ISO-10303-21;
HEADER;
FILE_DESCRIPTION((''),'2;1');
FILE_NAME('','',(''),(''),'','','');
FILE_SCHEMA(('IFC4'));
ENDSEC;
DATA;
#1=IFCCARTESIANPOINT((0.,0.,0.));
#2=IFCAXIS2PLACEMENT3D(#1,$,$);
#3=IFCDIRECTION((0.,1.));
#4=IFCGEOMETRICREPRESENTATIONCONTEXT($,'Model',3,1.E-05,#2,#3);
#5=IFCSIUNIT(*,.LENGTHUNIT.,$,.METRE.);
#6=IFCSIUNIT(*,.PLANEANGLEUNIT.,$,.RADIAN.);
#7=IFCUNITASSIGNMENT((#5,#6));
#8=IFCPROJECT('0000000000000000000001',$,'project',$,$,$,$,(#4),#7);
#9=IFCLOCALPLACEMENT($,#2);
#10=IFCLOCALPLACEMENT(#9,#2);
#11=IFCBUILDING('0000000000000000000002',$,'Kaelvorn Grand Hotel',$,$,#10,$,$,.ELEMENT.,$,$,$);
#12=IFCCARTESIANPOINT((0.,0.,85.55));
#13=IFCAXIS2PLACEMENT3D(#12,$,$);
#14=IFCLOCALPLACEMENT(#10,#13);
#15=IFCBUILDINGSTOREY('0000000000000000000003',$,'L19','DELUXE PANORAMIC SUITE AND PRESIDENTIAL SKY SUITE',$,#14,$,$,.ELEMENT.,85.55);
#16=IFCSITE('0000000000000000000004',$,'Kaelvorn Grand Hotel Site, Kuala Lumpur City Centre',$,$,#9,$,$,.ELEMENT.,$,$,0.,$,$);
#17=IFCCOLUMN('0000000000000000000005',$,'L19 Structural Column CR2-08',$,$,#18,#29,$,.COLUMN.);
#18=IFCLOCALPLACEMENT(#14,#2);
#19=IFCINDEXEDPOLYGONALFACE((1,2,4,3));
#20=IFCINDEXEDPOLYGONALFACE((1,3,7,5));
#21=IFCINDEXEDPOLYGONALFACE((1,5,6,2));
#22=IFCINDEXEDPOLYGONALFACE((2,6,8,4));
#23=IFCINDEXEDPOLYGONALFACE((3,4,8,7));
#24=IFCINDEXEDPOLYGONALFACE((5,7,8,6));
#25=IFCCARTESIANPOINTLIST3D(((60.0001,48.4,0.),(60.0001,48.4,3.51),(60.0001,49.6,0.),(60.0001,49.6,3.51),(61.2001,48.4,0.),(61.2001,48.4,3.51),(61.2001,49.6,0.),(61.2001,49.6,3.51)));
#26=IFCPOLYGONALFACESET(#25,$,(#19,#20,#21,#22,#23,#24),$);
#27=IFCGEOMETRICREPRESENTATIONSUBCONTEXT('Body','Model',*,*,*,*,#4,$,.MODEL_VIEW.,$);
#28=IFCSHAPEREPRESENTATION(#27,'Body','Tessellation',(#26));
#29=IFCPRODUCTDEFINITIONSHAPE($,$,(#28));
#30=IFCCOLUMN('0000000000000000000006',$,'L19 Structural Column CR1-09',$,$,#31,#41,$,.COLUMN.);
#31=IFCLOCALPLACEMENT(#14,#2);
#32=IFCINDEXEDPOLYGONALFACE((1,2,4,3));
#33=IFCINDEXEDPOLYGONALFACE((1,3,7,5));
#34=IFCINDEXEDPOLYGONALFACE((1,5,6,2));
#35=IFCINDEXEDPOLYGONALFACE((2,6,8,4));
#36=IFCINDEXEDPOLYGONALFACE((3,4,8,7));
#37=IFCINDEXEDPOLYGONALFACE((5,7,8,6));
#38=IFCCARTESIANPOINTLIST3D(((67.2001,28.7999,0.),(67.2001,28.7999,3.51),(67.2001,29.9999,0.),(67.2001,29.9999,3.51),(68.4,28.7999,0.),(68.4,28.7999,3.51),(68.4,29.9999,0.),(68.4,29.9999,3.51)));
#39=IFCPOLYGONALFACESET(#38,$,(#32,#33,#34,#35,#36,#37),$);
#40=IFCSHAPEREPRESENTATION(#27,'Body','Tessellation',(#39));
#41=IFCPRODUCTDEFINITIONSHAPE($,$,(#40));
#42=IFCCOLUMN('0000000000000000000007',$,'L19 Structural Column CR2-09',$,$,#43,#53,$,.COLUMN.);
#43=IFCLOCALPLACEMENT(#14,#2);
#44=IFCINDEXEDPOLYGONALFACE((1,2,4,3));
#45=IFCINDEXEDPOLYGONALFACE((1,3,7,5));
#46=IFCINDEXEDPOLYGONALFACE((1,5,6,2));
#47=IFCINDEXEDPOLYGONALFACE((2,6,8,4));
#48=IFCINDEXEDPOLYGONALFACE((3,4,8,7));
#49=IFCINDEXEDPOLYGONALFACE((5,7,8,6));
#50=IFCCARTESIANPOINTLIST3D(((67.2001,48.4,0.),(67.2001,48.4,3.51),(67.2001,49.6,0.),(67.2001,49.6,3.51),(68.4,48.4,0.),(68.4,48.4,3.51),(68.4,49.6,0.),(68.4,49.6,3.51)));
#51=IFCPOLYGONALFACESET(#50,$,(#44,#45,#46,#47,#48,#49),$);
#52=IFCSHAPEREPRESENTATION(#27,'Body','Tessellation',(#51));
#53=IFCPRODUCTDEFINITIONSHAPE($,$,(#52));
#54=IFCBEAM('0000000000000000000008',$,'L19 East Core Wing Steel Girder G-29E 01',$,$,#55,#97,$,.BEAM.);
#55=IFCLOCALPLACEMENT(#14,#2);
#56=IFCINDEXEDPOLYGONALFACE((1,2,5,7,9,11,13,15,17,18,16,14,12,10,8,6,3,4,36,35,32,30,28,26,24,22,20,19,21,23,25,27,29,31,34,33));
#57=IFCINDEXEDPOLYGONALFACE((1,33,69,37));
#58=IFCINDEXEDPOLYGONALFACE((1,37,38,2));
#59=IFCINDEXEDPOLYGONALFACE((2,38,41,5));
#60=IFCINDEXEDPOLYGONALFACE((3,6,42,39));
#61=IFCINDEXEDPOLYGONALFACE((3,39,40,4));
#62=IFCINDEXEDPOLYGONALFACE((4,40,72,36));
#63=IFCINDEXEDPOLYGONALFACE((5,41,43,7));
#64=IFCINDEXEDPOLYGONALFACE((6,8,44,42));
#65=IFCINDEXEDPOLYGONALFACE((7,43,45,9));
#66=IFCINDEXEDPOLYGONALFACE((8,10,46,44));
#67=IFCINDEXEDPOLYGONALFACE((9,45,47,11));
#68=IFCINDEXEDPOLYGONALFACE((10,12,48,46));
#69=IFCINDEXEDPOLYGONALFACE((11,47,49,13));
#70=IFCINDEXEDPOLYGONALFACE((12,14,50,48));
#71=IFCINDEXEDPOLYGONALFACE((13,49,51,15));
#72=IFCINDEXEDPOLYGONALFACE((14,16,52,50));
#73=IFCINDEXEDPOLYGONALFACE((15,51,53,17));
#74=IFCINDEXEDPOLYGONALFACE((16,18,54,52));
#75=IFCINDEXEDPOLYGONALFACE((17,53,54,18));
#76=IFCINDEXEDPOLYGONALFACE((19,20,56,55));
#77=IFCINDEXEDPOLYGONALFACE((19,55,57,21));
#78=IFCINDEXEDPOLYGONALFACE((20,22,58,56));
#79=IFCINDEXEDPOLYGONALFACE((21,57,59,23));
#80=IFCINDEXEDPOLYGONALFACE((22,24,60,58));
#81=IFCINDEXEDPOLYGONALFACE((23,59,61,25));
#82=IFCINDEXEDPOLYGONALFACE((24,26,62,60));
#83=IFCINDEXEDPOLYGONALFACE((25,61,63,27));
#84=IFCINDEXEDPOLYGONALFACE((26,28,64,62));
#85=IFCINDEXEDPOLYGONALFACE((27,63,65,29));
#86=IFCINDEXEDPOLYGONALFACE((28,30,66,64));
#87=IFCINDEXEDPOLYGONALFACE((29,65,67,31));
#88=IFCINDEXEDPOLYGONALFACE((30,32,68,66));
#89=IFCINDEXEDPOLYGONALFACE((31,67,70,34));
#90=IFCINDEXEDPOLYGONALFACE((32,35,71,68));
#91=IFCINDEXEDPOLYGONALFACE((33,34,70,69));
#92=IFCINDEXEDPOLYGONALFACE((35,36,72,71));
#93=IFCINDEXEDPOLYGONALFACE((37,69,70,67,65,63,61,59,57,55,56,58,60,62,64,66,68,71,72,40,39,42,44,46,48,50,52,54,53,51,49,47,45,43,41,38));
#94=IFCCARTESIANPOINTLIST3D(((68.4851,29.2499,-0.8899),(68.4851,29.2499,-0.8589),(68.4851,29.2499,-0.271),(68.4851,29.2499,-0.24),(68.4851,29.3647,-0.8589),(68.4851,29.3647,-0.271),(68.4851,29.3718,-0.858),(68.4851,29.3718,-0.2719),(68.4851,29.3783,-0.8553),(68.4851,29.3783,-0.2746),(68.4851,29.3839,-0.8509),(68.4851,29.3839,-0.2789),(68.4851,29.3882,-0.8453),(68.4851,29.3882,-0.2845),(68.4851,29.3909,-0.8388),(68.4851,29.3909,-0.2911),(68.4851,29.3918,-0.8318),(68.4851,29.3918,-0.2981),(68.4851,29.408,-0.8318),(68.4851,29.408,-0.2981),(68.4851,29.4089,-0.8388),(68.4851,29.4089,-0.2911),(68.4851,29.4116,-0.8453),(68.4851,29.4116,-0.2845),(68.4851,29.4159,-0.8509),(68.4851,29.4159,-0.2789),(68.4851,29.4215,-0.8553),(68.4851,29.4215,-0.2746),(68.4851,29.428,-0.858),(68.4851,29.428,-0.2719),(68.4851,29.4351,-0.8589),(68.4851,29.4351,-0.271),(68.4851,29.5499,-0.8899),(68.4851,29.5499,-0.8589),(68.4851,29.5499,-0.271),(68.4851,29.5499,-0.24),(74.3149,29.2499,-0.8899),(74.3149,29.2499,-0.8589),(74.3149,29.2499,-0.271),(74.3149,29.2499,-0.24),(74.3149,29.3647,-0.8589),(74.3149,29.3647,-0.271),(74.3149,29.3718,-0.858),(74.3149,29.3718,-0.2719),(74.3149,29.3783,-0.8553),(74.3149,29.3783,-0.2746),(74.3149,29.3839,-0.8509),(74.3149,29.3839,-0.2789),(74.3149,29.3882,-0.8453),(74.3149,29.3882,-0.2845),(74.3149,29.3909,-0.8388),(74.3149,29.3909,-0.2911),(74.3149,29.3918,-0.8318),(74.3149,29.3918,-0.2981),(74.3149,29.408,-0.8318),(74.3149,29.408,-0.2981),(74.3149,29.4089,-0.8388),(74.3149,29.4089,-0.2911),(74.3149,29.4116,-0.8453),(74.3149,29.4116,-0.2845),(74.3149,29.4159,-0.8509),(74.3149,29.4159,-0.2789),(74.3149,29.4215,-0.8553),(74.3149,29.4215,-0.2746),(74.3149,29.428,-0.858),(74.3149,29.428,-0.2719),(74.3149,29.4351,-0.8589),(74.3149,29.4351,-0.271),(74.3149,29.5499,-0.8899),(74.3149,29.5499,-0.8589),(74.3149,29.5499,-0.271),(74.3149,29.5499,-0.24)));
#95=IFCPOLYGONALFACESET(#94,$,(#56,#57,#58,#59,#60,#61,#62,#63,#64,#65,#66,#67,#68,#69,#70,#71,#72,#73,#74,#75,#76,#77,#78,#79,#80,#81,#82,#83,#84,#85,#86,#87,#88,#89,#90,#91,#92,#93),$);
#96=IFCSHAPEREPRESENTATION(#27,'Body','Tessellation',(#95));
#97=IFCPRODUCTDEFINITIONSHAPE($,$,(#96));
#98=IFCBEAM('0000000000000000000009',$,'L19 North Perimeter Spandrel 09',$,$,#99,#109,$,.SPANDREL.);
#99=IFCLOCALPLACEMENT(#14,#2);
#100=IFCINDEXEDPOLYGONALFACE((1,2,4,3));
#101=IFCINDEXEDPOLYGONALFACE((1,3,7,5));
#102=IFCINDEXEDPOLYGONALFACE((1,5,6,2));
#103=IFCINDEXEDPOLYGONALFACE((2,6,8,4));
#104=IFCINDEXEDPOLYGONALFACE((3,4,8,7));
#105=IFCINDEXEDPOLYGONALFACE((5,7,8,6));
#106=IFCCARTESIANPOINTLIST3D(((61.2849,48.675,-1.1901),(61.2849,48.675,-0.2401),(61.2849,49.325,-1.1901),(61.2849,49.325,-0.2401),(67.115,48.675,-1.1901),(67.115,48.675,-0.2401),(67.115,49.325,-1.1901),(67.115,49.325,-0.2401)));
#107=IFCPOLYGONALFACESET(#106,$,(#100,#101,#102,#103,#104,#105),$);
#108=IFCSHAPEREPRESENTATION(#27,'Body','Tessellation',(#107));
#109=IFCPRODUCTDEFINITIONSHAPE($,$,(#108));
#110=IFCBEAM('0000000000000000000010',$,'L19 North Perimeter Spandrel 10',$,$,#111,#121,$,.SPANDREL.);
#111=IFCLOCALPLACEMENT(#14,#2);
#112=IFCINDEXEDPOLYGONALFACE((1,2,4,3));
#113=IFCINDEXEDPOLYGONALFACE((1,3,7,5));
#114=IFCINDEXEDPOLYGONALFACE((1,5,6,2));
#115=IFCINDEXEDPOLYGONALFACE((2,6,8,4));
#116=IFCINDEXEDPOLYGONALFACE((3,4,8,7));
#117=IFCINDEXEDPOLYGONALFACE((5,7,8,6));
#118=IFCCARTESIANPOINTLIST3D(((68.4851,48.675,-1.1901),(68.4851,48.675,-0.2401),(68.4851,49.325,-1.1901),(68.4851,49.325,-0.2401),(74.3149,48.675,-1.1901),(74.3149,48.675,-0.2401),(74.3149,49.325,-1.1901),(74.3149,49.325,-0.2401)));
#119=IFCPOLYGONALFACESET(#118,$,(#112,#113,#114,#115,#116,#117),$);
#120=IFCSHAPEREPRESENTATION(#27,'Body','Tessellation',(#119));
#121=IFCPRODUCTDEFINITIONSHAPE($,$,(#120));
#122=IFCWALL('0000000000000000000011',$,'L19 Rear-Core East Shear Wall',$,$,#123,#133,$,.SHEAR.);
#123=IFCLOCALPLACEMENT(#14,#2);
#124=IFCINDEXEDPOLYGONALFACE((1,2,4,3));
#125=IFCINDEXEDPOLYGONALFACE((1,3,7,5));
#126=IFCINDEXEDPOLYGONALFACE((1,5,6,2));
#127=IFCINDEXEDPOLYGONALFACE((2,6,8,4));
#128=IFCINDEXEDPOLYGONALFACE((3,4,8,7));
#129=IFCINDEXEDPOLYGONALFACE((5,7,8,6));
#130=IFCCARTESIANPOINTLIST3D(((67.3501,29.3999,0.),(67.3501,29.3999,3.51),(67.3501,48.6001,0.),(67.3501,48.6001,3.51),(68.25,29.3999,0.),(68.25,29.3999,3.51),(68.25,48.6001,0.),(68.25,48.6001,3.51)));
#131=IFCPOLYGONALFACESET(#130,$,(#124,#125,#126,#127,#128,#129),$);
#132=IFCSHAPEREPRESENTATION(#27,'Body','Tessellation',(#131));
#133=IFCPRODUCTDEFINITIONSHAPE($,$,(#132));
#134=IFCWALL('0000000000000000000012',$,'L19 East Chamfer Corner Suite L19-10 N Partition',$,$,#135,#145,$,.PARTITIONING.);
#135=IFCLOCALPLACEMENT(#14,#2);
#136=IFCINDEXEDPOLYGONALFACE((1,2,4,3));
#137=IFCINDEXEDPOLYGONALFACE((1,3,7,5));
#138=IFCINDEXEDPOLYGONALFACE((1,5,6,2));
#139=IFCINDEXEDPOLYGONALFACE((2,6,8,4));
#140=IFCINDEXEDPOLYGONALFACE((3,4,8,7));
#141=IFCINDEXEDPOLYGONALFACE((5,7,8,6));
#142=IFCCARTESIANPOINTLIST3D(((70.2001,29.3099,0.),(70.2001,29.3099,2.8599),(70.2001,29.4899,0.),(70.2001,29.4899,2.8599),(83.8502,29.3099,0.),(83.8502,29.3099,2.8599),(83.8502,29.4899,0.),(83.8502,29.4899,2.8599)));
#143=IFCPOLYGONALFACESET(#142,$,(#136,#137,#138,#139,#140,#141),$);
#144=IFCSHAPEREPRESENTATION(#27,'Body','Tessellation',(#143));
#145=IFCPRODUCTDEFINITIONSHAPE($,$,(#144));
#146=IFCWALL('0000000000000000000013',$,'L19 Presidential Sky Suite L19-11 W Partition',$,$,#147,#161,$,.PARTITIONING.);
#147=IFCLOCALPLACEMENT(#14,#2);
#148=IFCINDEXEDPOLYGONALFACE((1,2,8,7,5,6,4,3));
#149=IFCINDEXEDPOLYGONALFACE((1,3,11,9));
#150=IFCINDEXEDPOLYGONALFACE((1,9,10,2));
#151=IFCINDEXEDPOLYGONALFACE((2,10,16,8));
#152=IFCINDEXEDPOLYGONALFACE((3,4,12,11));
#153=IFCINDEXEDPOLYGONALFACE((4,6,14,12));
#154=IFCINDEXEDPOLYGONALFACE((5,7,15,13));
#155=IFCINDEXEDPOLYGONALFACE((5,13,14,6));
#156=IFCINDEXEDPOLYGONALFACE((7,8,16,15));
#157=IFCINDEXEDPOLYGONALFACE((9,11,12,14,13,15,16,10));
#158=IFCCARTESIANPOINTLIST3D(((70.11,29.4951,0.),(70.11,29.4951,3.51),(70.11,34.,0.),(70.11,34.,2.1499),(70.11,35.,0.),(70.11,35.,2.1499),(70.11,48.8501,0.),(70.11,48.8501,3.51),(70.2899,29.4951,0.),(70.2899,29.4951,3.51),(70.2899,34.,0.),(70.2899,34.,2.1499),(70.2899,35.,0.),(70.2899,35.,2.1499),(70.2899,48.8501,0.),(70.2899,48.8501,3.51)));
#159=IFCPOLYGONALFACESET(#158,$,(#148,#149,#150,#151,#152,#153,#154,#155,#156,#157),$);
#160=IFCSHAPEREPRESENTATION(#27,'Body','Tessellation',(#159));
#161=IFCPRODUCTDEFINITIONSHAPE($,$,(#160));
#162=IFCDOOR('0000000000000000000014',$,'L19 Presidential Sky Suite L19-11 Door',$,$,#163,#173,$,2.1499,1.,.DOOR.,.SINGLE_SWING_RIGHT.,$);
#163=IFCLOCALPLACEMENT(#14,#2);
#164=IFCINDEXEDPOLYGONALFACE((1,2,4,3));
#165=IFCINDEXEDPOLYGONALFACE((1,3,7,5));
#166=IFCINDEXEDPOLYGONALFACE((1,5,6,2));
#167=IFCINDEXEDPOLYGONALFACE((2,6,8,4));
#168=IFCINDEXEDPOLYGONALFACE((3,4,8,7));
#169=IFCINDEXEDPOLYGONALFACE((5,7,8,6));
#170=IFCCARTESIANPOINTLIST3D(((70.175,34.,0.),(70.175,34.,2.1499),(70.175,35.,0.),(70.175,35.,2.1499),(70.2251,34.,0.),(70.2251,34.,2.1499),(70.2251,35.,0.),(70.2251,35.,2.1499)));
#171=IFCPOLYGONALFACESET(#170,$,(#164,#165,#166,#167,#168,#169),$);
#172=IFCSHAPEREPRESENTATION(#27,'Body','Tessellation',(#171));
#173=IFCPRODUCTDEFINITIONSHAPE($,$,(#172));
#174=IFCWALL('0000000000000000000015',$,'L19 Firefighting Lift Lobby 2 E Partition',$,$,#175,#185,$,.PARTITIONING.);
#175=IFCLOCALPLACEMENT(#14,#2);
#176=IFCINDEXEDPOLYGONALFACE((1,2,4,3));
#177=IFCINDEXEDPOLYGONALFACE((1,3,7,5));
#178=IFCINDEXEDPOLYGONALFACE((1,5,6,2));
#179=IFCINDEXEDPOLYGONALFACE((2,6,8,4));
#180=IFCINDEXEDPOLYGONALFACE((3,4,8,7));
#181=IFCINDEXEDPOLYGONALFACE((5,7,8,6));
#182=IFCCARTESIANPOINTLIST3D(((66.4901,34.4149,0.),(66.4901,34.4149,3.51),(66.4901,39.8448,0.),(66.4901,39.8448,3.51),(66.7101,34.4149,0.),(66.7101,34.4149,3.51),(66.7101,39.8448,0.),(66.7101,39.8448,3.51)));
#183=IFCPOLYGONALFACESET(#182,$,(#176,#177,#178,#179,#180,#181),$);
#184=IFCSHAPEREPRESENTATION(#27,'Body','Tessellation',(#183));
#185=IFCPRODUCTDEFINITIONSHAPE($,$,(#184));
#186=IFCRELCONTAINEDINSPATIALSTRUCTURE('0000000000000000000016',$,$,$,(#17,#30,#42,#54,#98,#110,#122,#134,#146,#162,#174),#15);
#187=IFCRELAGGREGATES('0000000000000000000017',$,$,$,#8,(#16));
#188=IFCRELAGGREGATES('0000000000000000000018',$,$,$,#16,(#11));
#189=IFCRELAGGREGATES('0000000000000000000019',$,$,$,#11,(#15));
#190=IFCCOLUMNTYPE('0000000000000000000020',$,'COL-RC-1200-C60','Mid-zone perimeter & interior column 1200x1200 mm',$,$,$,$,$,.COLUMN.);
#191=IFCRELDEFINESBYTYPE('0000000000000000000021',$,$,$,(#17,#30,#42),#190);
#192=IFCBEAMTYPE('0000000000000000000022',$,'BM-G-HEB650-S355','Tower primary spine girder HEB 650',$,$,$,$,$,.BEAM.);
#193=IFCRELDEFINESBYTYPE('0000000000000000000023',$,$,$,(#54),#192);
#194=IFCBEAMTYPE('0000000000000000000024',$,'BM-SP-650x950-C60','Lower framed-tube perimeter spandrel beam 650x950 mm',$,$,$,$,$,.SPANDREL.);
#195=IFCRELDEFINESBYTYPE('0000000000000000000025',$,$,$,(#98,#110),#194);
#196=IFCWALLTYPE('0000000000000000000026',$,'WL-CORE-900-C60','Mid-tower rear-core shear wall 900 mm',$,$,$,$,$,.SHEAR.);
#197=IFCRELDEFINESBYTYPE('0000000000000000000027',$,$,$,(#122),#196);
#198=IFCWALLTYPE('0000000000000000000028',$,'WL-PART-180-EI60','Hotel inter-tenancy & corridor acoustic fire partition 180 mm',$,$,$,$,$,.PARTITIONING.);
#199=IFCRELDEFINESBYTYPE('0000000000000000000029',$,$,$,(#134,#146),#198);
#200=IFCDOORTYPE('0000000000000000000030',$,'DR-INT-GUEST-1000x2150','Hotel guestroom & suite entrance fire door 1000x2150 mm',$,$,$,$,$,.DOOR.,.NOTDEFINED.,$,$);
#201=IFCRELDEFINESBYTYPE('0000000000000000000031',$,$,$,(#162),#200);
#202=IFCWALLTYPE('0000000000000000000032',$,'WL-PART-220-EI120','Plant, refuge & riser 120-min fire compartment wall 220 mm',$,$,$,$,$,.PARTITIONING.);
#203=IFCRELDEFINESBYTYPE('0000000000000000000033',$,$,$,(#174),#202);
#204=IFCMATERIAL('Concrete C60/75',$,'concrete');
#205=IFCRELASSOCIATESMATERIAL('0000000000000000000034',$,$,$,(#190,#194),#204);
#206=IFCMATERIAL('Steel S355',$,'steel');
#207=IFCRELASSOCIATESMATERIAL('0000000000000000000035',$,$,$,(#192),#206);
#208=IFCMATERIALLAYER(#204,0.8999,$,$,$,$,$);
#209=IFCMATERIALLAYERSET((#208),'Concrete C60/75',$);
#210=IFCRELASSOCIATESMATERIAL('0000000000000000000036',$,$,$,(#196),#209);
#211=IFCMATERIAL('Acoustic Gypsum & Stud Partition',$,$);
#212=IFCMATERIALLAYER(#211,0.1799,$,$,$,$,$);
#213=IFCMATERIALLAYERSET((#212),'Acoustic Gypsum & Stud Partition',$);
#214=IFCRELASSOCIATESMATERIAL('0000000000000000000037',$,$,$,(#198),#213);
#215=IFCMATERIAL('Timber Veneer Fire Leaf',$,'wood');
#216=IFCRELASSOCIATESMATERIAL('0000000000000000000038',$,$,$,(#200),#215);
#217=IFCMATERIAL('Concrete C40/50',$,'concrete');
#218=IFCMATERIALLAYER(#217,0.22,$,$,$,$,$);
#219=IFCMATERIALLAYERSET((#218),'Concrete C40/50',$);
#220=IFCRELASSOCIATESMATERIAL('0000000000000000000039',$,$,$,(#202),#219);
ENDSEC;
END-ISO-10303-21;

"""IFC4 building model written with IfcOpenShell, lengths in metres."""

from ifc_helpers import new_model, si_unit, direction, frame, frame_2d, origin, origin_2d, place, context, subcontext, project, spatial, rectangle, i_section, extrude, material, layer, layer_set, material_profile, profile_set, type_object, element, fill, save


model = new_model("IFC4")

# Units and contexts
model_context = context("Model", 3, precision=1e-05, world=origin(), true_north=direction((0.0, 1.0)))
body_context = subcontext(model_context, "Body", "Model", "MODEL_VIEW")
ifc_project = project(units=[si_unit("LENGTHUNIT", "METRE"), si_unit("PLANEANGLEUNIT", "RADIAN")], contexts=[model_context])

# Site, building, storey
site_placement = place(None, origin())
site = spatial("IfcSite", under=ifc_project, at=site_placement, Name="Kaelvorn Grand Hotel Site, Kuala Lumpur City Centre", CompositionType="ELEMENT", RefElevation=0.0)
building_placement = place(site_placement, origin())
building = spatial("IfcBuilding", under=site, at=building_placement, Name="Kaelvorn Grand Hotel", CompositionType="ELEMENT")
storey_placement = place(building_placement, frame((0.0, 0.0, 85.55)))
storey = spatial("IfcBuildingStorey", under=building, at=storey_placement, Name="L19", Description="DELUXE PANORAMIC SUITE AND PRESIDENTIAL SKY SUITE", CompositionType="ELEMENT", Elevation=85.55)

# Columns
ifc_material_1 = material(Name="Concrete C60/75", Category="concrete")
ifc_material_profile_1 = material_profile(ifc_material_1, rectangle(XDim=1.2, YDim=1.2, at=origin_2d()), Name="RC COL 1200x1200")
ifc_profile_set_1 = profile_set([ifc_material_profile_1], Name="Concrete C60/75")
column_type = type_object("IfcColumnType", Name="COL-RC-1200-C60", Description="Mid-zone perimeter & interior column 1200x1200 mm", PredefinedType="COLUMN", material=ifc_profile_set_1)
for number, where, z_axis, x_axis, name in (
    (1, (60.6001, 49.0, 0.0), (0.0, 0.0, 1.0), (1.0, 0.0, 0.0), "L19 Structural Column CR2-08"),
    (2, (67.8, 29.3999, 0.0), (0.0, 0.0, 1.0), (1.0, 0.0, 0.0), "L19 Structural Column CR1-09"),
    (3, (67.8, 49.0, 0.0), (0.0, 0.0, 1.0), (1.0, 0.0, 0.0), "L19 Structural Column CR2-09"),
):
    element("IfcColumn", number, at=place(storey_placement, frame(where, z_axis=z_axis, x_axis=x_axis)), inside=storey, type_object=column_type, Name=name, PredefinedType="COLUMN", context=body_context, shape_type="SweptSolid", body=[
        extrude(rectangle(XDim=1.2, YDim=1.2, at=origin_2d()), origin(), (0.0, 0.0, 1.0), 3.51),
    ])

# Beams
ifc_material_2 = material(Name="Steel S355", Category="steel")
ifc_material_profile_2 = material_profile(ifc_material_2, i_section(OverallWidth=0.3, OverallDepth=0.6499, WebThickness=0.0161, FlangeThickness=0.031, FilletRadius=0.0271, at=origin_2d()), Name="HEB 650")
ifc_profile_set_2 = profile_set([ifc_material_profile_2], Name="Steel S355")
beam_type_1 = type_object("IfcBeamType", Name="BM-G-HEB650-S355", Description="Tower primary spine girder HEB 650", PredefinedType="BEAM", material=ifc_profile_set_2)
beam_1_placement = place(storey_placement, frame((68.4851, 29.3999, -0.5649), z_axis=(1.0, 0.0, 0.0), x_axis=(0.0, 1.0, 0.0)))
element("IfcBeam", 4, at=beam_1_placement, inside=storey, type_object=beam_type_1, Name="L19 East Core Wing Steel Girder G-29E 01", PredefinedType="BEAM", context=body_context, shape_type="SweptSolid", body=[
    extrude(i_section(OverallWidth=0.3, OverallDepth=0.6499, WebThickness=0.0161, FlangeThickness=0.031, FilletRadius=0.0271, at=origin_2d()), origin(), (0.0, 0.0, 1.0), 5.8298),
])
ifc_material_profile_3 = material_profile(ifc_material_1, rectangle(XDim=0.6499, YDim=0.95, at=origin_2d()), Name="RC SPANDREL 650x950")
ifc_profile_set_3 = profile_set([ifc_material_profile_3], Name="Concrete C60/75")
beam_type_2 = type_object("IfcBeamType", Name="BM-SP-650x950-C60", Description="Lower framed-tube perimeter spandrel beam 650x950 mm", PredefinedType="SPANDREL", material=ifc_profile_set_3)
beam_2_placement = place(storey_placement, frame((61.2849, 49.0, -0.7151), z_axis=(1.0, 0.0, 0.0), x_axis=(0.0, 1.0, 0.0)))
element("IfcBeam", 5, at=beam_2_placement, inside=storey, type_object=beam_type_2, Name="L19 North Perimeter Spandrel 09", PredefinedType="SPANDREL", context=body_context, shape_type="SweptSolid", body=[
    extrude(rectangle(XDim=0.6499, YDim=0.95, at=origin_2d()), origin(), (0.0, 0.0, 1.0), 5.8301),
])
beam_3_placement = place(storey_placement, frame((68.4851, 49.0, -0.7151), z_axis=(1.0, 0.0, 0.0), x_axis=(0.0, 1.0, 0.0)))
element("IfcBeam", 6, at=beam_3_placement, inside=storey, type_object=beam_type_2, Name="L19 North Perimeter Spandrel 10", PredefinedType="SPANDREL", context=body_context, shape_type="SweptSolid", body=[
    extrude(rectangle(XDim=0.6499, YDim=0.95, at=origin_2d()), origin(), (0.0, 0.0, 1.0), 5.8298),
])

# Walls
ifc_layer_1 = layer(ifc_material_1, 0.8999)
ifc_layer_set_1 = layer_set([ifc_layer_1], Name="Concrete C60/75")
wall_type_1 = type_object("IfcWallType", Name="WL-CORE-900-C60", Description="Mid-tower rear-core shear wall 900 mm", PredefinedType="SHEAR", material=ifc_layer_set_1)
wall_1_placement = place(storey_placement, frame((67.8, 29.3999, 0.0), z_axis=(0.0, 0.0, 1.0), x_axis=(0.0, 1.0, 0.0)))
element("IfcWall", 7, at=wall_1_placement, inside=storey, type_object=wall_type_1, Name="L19 Rear-Core East Shear Wall", PredefinedType="SHEAR", context=body_context, shape_type="SweptSolid", body=[
    extrude(rectangle(XDim=19.2002, YDim=0.8999, at=frame_2d((9.6001, 0.0))), origin(), (0.0, 0.0, 1.0), 3.51),
])
ifc_material_3 = material(Name="Acoustic Gypsum & Stud Partition")
ifc_layer_2 = layer(ifc_material_3, 0.1799)
ifc_layer_set_2 = layer_set([ifc_layer_2], Name="Acoustic Gypsum & Stud Partition")
wall_type_2 = type_object("IfcWallType", Name="WL-PART-180-EI60", Description="Hotel inter-tenancy & corridor acoustic fire partition 180 mm", PredefinedType="PARTITIONING", material=ifc_layer_set_2)
wall_2_placement = place(storey_placement, frame((70.2, 29.3999, 0.0), z_axis=(0.0, 0.0, 1.0), x_axis=(1.0, 0.0, 0.0)))
element("IfcWall", 8, at=wall_2_placement, inside=storey, type_object=wall_type_2, Name="L19 East Chamfer Corner Suite L19-10 N Partition", PredefinedType="PARTITIONING", context=body_context, shape_type="SweptSolid", body=[
    extrude(rectangle(XDim=13.6501, YDim=0.1799, at=frame_2d((6.8252, 0.0))), origin(), (0.0, 0.0, 1.0), 2.8599),
])

# Wall, opening, door
wall_3_placement = place(storey_placement, frame((70.2, 29.4951, 0.0), z_axis=(0.0, 0.0, 1.0), x_axis=(0.0, 1.0, 0.0)))
wall_3 = element("IfcWall", 9, at=wall_3_placement, inside=storey, type_object=wall_type_2, Name="L19 Presidential Sky Suite L19-11 W Partition", PredefinedType="PARTITIONING", context=body_context, shape_type="SweptSolid", body=[
    extrude(rectangle(XDim=19.355, YDim=0.1799, at=frame_2d((9.6775, 0.0))), origin(), (0.0, 0.0, 1.0), 3.51),
])
opening_1_placement = place(wall_3_placement, frame((4.5049, 0.0, 0.0)))
opening_1 = element("IfcOpeningElement", 10, at=opening_1_placement, cuts=wall_3, PredefinedType="OPENING", context=body_context, shape_type="SweptSolid", body=[
    extrude(rectangle(XDim=1.0, YDim=2.1499, at=frame_2d((0.5, 1.075))), frame((0.0, 0.1001, 0.0), z_axis=(0.0, -1.0, 0.0), x_axis=(1.0, 0.0, 0.0)), (0.0, 0.0, 1.0), 0.2),
])
ifc_material_4 = material(Name="Timber Veneer Fire Leaf", Category="wood")
door_type_1 = type_object("IfcDoorType", Name="DR-INT-GUEST-1000x2150", Description="Hotel guestroom & suite entrance fire door 1000x2150 mm", OperationType="NOTDEFINED", PredefinedType="DOOR", material=ifc_material_4)
door_1_placement = place(opening_1_placement, origin())
door_1 = element("IfcDoor", 11, at=door_1_placement, inside=storey, type_object=door_type_1, Name="L19 Presidential Sky Suite L19-11 Door", OperationType="SINGLE_SWING_RIGHT", OverallHeight=2.1499, OverallWidth=1.0, PredefinedType="DOOR", context=body_context, shape_type="SweptSolid", body=[
    extrude(rectangle(XDim=1.0, YDim=2.1499, at=frame_2d((0.5, 1.075))), frame((0.0, 0.0249, 0.0), z_axis=(0.0, -1.0, 0.0), x_axis=(1.0, 0.0, 0.0)), (0.0, 0.0, 1.0), 0.05),
])
fill(opening_1, door_1)

# Wall
ifc_material_5 = material(Name="Concrete C40/50", Category="concrete")
ifc_layer_3 = layer(ifc_material_5, 0.22)
ifc_layer_set_3 = layer_set([ifc_layer_3], Name="Concrete C40/50")
wall_type_3 = type_object("IfcWallType", Name="WL-PART-220-EI120", Description="Plant, refuge & riser 120-min fire compartment wall 220 mm", PredefinedType="PARTITIONING", material=ifc_layer_set_3)
wall_4_placement = place(storey_placement, frame((66.6001, 34.415, 0.0), z_axis=(0.0, 0.0, 1.0), x_axis=(0.0, 1.0, 0.0)))
element("IfcWall", 12, at=wall_4_placement, inside=storey, type_object=wall_type_3, Name="L19 Firefighting Lift Lobby 2 E Partition", PredefinedType="PARTITIONING", context=body_context, shape_type="SweptSolid", body=[
    extrude(rectangle(XDim=5.4299, YDim=0.22, at=frame_2d((2.7148, 0.0))), origin(), (0.0, 0.0, 1.0), 3.51),
])

save(model, "model.ifc")
